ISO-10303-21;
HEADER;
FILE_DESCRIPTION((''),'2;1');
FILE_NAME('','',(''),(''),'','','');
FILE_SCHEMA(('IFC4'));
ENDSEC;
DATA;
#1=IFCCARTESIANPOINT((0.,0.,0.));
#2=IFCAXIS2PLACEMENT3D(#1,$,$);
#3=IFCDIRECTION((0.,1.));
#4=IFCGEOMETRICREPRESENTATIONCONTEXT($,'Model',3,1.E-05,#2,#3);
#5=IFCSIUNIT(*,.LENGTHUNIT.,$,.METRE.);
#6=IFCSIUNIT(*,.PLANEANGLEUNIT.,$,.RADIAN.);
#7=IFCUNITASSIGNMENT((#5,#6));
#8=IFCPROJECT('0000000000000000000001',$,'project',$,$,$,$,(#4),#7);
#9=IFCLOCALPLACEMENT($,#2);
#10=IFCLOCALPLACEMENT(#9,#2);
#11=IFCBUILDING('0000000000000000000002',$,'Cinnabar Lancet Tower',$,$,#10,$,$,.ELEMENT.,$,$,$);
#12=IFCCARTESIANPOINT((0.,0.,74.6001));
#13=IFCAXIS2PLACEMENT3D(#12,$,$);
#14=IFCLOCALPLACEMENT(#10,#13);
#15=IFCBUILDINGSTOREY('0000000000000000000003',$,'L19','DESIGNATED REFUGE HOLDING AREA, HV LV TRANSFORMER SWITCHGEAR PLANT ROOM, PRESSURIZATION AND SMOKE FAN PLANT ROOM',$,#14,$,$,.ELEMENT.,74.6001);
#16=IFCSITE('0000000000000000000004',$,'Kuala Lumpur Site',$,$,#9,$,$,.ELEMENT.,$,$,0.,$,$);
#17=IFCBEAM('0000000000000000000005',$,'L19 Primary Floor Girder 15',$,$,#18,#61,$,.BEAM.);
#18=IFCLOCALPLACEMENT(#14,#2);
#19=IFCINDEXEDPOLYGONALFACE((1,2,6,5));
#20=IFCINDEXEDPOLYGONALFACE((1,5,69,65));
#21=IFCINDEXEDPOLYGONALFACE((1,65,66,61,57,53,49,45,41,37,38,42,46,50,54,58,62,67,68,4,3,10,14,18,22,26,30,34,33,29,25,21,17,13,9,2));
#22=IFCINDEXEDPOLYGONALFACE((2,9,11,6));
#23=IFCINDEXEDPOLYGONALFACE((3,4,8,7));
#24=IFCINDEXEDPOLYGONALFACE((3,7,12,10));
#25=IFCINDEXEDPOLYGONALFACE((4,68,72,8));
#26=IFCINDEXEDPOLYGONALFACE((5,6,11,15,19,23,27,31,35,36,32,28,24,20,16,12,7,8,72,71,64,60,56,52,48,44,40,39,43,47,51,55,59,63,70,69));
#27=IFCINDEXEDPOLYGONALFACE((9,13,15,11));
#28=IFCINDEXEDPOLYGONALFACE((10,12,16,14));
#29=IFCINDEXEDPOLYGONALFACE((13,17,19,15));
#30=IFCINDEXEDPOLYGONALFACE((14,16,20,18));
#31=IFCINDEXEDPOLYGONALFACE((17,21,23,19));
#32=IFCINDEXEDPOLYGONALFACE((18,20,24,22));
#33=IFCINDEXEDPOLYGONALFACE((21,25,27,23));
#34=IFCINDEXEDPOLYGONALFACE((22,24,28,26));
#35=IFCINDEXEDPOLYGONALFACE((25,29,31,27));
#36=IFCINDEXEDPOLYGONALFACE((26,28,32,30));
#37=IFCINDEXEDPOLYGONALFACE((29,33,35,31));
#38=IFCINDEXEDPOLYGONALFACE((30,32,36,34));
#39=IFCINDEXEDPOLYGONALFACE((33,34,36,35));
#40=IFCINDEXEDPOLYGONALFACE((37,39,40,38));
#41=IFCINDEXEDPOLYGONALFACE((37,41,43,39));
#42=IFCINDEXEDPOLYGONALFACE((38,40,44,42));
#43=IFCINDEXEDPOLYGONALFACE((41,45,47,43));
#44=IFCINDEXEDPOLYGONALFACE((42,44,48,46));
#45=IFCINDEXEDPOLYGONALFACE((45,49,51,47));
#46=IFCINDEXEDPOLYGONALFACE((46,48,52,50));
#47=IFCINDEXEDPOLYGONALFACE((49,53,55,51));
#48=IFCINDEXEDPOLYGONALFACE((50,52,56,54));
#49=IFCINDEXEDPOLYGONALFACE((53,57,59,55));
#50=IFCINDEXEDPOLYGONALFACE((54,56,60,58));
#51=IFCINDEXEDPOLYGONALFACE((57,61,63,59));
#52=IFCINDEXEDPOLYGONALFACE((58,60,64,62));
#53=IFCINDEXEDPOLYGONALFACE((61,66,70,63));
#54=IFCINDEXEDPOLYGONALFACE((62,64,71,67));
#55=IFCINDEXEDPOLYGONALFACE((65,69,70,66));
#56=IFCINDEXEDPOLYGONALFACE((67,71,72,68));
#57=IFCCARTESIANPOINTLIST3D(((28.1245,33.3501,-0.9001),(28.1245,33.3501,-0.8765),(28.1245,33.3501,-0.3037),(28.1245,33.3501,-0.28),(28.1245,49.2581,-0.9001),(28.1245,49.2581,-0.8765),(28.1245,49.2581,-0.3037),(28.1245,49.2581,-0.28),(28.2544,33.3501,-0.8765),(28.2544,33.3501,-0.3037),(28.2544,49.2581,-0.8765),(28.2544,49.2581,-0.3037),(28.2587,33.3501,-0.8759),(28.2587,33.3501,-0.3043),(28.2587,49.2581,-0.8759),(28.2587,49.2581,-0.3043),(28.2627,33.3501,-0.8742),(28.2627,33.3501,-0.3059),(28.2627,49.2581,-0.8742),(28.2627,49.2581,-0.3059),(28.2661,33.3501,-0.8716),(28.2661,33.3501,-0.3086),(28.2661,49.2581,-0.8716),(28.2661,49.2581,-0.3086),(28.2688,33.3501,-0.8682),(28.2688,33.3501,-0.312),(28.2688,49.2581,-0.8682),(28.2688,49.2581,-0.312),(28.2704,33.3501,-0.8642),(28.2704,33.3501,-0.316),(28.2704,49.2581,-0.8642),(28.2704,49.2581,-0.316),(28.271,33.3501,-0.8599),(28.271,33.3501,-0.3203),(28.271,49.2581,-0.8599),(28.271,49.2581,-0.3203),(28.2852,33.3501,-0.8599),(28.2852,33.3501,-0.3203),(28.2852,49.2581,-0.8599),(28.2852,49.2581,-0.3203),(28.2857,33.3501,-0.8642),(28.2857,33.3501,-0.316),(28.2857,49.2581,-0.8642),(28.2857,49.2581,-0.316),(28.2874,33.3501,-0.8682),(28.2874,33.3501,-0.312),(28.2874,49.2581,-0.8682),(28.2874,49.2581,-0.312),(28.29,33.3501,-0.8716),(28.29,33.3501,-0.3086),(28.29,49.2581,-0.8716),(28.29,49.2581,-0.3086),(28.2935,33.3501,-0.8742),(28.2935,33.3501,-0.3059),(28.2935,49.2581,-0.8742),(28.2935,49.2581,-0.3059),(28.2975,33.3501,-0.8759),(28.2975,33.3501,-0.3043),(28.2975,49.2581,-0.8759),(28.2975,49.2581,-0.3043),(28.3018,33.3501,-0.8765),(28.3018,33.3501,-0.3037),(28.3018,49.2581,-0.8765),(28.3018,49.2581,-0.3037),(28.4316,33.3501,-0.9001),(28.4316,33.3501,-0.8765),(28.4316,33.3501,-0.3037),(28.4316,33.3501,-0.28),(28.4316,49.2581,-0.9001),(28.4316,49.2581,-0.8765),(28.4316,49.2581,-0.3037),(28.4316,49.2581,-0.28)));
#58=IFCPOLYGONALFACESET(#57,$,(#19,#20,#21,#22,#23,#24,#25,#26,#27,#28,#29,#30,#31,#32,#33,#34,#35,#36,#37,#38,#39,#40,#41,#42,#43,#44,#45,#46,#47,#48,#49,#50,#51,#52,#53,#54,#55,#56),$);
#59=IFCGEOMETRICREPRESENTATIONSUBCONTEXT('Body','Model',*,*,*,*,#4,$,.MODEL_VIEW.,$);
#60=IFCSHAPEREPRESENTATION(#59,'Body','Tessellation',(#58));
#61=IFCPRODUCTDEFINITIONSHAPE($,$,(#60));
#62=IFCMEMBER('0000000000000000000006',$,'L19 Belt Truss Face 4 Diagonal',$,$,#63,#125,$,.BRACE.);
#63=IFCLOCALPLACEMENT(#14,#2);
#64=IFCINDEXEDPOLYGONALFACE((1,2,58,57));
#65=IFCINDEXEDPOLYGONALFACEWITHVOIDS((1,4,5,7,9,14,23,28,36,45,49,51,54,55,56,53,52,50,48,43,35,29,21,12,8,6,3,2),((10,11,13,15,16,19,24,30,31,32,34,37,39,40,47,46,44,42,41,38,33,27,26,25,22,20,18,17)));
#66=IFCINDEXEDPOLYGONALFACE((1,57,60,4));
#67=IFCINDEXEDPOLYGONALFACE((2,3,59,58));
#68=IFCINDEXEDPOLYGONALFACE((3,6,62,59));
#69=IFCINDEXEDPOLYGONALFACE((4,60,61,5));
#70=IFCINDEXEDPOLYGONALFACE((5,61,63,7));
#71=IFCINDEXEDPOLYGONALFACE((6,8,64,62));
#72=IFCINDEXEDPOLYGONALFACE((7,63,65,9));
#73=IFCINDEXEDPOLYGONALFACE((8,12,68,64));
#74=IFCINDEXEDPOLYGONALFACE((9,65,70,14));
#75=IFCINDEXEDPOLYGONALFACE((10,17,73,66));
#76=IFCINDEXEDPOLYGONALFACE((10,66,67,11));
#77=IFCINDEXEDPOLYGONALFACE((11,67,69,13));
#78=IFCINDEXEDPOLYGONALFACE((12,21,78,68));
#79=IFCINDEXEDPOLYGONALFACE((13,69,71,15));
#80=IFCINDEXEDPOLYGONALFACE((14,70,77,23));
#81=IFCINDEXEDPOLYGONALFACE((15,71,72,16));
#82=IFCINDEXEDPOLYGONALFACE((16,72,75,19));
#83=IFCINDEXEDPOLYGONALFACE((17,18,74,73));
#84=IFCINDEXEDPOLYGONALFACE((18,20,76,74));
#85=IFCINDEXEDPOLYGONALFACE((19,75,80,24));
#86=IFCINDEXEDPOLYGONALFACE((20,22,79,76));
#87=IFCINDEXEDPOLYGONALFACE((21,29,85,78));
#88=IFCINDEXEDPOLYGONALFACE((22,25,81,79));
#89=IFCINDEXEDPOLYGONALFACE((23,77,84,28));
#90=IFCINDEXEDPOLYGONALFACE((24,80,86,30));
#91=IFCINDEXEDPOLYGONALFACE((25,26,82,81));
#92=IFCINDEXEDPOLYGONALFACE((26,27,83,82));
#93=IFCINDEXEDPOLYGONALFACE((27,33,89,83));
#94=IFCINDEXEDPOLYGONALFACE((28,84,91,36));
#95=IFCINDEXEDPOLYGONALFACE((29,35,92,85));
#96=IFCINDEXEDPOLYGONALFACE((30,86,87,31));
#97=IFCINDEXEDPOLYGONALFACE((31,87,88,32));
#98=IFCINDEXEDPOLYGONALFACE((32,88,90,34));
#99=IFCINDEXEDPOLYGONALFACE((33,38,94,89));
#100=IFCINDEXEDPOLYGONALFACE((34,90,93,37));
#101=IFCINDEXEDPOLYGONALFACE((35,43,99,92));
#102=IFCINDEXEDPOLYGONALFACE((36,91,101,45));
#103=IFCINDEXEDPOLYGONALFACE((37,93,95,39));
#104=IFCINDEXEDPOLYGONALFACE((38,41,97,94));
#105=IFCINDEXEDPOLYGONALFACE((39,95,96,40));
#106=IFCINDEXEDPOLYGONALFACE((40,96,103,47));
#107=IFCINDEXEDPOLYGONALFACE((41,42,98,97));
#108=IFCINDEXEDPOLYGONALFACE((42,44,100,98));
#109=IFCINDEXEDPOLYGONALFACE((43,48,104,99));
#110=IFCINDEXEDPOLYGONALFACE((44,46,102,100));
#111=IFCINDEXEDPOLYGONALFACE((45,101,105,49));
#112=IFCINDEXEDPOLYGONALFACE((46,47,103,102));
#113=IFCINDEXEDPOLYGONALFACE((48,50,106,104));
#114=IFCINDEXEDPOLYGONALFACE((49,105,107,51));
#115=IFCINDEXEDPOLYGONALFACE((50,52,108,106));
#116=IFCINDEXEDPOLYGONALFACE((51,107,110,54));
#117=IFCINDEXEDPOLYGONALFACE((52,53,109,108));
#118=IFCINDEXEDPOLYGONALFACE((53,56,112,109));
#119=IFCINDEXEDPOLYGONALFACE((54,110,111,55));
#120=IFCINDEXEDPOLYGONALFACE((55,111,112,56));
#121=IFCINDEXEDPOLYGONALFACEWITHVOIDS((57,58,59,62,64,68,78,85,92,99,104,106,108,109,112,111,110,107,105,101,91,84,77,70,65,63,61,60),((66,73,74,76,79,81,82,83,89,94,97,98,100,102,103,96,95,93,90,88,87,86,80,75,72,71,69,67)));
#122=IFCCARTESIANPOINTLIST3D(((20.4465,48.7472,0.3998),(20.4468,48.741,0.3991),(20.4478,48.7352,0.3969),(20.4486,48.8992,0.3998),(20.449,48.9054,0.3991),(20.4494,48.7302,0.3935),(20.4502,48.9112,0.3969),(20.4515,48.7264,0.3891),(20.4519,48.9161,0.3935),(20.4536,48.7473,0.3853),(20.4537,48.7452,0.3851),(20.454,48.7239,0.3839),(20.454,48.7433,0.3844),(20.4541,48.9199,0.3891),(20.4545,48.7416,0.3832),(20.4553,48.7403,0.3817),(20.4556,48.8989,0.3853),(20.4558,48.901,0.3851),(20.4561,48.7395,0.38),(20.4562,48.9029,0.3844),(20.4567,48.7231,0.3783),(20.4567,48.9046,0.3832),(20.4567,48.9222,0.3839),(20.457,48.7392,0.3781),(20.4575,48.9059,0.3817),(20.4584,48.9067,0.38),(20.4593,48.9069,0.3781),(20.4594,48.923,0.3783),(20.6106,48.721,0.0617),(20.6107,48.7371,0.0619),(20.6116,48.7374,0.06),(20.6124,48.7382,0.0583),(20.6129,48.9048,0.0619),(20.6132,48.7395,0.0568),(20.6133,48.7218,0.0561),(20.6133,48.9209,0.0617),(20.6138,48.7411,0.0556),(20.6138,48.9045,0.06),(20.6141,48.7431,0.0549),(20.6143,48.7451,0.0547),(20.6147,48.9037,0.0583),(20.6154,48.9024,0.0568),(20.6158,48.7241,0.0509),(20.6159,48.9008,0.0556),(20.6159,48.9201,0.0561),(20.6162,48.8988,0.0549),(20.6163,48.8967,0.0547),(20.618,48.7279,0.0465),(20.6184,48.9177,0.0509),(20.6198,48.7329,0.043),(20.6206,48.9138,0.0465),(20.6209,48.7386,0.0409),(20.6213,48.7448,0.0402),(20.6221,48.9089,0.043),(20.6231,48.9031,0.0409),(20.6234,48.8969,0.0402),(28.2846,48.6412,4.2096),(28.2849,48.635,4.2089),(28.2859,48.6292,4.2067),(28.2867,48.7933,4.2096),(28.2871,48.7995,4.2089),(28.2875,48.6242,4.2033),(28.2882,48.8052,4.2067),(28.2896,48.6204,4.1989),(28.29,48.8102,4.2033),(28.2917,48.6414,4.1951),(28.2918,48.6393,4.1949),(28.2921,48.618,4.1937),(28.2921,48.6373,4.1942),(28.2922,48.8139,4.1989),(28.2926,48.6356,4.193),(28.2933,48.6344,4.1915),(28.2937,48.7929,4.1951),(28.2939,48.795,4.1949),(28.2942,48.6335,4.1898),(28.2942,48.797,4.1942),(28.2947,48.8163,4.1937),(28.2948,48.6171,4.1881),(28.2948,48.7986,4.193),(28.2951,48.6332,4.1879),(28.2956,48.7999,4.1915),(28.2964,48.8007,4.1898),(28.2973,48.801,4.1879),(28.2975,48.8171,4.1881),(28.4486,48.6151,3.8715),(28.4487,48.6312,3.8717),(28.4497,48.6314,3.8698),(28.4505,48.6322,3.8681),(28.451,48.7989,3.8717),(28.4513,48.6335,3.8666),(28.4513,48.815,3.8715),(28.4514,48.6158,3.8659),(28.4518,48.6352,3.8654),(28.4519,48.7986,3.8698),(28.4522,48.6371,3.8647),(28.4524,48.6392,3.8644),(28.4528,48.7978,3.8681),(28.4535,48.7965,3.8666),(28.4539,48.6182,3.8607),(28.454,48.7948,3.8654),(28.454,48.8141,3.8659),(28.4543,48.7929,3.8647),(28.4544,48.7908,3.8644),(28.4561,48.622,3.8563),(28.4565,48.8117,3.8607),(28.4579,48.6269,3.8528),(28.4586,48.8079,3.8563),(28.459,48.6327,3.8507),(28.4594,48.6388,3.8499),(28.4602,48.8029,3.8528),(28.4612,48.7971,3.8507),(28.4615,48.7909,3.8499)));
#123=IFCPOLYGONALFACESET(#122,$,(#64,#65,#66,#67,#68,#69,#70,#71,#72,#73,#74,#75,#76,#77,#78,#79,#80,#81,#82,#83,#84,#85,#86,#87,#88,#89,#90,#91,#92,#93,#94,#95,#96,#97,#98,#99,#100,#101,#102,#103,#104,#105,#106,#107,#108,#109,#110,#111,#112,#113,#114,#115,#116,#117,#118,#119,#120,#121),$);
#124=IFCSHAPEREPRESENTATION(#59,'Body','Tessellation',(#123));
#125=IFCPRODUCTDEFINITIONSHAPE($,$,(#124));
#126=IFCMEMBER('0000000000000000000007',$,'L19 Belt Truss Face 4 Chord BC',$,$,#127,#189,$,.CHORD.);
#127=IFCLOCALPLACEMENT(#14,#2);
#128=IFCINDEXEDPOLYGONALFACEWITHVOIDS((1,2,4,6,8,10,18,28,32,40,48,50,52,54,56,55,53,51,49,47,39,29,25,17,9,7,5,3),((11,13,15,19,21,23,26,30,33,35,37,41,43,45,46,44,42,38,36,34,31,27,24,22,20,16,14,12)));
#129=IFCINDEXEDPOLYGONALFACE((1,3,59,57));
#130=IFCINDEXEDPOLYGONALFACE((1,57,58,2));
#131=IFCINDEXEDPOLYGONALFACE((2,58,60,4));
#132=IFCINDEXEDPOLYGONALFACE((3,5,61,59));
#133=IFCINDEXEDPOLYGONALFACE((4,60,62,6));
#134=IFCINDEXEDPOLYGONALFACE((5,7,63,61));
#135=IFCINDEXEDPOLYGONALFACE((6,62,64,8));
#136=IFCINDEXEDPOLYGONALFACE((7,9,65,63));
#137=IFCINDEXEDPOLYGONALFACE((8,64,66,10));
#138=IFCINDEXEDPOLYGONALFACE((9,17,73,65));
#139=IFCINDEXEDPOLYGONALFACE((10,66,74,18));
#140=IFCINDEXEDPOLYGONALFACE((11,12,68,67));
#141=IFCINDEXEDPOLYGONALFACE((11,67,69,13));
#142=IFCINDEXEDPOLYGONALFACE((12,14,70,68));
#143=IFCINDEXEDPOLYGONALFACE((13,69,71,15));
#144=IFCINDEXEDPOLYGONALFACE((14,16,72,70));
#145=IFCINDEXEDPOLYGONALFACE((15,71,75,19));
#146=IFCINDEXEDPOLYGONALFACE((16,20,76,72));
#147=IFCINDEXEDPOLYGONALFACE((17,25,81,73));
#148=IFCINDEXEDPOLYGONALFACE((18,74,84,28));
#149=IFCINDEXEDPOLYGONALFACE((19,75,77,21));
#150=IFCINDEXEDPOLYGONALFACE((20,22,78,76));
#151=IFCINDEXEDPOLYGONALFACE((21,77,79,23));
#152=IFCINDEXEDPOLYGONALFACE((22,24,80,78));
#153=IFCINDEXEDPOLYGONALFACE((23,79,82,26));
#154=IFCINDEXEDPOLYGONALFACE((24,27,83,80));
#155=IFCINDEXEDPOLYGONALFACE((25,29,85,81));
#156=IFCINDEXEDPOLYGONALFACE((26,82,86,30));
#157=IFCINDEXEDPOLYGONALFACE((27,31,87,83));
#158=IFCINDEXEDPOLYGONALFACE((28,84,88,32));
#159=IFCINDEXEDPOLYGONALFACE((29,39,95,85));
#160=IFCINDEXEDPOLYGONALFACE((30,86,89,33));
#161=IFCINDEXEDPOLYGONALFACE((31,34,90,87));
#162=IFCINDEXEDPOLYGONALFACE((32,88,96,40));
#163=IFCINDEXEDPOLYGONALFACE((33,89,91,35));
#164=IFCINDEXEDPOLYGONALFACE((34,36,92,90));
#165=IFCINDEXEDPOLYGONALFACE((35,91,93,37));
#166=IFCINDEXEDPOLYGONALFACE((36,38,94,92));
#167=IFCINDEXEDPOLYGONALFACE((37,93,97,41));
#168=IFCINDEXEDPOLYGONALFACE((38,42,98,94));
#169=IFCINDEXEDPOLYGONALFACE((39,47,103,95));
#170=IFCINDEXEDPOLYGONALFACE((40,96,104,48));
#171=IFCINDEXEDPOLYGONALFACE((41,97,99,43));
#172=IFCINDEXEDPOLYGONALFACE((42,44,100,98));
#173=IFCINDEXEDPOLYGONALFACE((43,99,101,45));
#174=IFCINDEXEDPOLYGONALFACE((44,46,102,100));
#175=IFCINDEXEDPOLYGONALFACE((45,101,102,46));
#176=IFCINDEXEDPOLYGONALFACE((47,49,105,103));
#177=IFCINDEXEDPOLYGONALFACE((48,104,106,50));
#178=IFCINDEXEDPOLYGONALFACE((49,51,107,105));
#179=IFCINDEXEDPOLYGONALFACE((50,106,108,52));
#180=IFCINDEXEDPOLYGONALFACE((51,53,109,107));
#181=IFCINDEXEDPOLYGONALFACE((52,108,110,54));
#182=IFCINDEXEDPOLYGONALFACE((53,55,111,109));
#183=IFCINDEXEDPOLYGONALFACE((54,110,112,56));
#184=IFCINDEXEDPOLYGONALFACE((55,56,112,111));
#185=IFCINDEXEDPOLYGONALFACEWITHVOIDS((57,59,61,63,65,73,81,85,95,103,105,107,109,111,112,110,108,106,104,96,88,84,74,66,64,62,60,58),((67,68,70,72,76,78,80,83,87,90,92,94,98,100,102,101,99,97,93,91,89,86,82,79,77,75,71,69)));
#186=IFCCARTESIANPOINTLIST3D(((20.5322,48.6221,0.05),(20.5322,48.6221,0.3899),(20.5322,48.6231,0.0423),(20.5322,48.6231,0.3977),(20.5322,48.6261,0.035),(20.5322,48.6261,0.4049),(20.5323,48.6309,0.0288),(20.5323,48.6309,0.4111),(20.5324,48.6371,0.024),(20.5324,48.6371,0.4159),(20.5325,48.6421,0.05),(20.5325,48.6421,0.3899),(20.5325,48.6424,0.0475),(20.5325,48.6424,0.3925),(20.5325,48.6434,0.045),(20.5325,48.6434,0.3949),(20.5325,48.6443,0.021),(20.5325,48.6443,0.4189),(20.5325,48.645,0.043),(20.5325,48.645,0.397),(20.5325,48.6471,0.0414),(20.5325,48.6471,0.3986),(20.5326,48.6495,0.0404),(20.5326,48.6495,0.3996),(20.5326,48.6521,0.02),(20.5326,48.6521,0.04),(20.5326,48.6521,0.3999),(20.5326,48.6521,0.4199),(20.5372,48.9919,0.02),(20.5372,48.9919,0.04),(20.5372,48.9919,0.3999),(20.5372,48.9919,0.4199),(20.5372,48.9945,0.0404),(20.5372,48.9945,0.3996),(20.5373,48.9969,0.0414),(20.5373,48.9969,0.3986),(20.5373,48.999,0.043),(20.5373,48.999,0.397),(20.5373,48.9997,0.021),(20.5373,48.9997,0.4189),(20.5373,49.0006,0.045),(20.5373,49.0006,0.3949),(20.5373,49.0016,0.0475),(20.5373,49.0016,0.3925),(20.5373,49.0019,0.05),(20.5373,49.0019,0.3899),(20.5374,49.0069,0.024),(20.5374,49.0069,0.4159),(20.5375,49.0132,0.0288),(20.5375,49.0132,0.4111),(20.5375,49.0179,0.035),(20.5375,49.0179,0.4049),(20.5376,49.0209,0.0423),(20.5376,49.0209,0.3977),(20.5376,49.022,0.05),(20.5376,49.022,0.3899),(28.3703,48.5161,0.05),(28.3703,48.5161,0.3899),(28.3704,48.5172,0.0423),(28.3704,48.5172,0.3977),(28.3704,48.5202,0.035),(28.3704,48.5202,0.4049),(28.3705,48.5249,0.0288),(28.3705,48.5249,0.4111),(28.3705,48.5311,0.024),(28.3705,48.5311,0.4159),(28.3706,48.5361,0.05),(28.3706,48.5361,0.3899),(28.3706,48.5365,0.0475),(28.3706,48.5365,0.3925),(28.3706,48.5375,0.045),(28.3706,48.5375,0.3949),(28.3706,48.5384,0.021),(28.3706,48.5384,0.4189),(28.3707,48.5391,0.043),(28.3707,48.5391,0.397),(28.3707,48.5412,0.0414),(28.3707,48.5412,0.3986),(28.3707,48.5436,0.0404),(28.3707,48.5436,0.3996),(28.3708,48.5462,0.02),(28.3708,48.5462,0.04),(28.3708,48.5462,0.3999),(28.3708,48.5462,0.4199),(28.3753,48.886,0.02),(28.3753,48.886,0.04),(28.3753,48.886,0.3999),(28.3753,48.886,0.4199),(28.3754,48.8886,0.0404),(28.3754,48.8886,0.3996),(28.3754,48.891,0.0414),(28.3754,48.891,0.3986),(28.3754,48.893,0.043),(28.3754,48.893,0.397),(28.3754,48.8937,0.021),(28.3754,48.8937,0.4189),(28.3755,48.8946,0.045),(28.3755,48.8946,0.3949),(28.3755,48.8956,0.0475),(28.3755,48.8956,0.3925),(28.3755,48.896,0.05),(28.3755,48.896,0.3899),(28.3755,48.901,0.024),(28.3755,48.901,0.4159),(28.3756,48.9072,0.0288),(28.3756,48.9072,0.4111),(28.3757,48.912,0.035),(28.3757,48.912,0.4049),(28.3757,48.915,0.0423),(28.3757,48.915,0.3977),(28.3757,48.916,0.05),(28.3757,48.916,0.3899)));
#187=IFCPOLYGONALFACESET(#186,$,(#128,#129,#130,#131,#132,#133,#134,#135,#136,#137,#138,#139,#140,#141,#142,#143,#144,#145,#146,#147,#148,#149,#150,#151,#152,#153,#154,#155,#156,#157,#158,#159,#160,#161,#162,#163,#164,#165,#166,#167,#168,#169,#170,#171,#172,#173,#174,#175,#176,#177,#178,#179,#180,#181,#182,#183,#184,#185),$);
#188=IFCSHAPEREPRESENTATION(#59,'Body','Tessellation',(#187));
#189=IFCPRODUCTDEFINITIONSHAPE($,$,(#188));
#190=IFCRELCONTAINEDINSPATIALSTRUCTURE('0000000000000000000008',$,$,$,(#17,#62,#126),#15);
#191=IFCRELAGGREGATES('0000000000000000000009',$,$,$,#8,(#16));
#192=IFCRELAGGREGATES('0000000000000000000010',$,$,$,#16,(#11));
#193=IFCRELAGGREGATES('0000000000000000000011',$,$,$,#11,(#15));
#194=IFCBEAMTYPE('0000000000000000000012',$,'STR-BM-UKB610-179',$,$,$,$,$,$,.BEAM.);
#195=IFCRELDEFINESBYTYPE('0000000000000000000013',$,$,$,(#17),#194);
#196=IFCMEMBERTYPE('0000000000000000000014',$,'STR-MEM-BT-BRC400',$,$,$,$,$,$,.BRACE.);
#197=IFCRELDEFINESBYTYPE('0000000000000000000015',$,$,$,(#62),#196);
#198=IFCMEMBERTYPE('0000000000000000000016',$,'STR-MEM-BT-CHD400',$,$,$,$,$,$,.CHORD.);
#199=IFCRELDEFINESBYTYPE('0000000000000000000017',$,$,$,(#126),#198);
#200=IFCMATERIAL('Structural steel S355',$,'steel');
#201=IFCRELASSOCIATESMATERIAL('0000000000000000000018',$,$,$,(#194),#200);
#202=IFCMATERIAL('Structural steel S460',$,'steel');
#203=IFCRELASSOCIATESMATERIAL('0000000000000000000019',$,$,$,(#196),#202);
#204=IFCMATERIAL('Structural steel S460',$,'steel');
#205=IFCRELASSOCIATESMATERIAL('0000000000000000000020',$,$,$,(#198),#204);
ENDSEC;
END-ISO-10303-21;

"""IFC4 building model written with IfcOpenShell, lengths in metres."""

from ifc_helpers import new_model, si_unit, direction, frame, origin, origin_2d, place, context, subcontext, project, spatial, hollow_rectangle, i_section, extrude, material, material_profile, profile_set, type_object, element, save


model = new_model("IFC4")

# Units and contexts
model_context = context("Model", 3, precision=1e-05, world=origin(), true_north=direction((0.0, 1.0)))
body_context = subcontext(model_context, "Body", "Model", "MODEL_VIEW")
ifc_project = project(units=[si_unit("LENGTHUNIT", "METRE"), si_unit("PLANEANGLEUNIT", "RADIAN")], contexts=[model_context])

# Site, building, storey
site_placement = place(None, origin())
site = spatial("IfcSite", under=ifc_project, at=site_placement, Name="Kuala Lumpur Site", CompositionType="ELEMENT", RefElevation=0.0)
building_placement = place(site_placement, origin())
building = spatial("IfcBuilding", under=site, at=building_placement, Name="Cinnabar Lancet Tower", CompositionType="ELEMENT")
storey_placement = place(building_placement, frame((0.0, 0.0, 74.6001)))
storey = spatial("IfcBuildingStorey", under=building, at=storey_placement, Name="L19", Description="DESIGNATED REFUGE HOLDING AREA, HV LV TRANSFORMER SWITCHGEAR PLANT ROOM, PRESSURIZATION AND SMOKE FAN PLANT ROOM", CompositionType="ELEMENT", Elevation=74.6001)

# Beam
ifc_material_1 = material(Name="Structural steel S355", Category="steel")
ifc_material_profile_1 = material_profile(ifc_material_1, i_section(OverallWidth=0.3071, OverallDepth=0.6201, WebThickness=0.0142, FlangeThickness=0.0237, FilletRadius=0.0166, at=origin_2d()), Name="UKB 610x305x179")
ifc_profile_set_1 = profile_set([ifc_material_profile_1], Name="Structural steel S355")
beam_type_1 = type_object("IfcBeamType", Name="STR-BM-UKB610-179", PredefinedType="BEAM", material=ifc_profile_set_1)
beam_1_placement = place(storey_placement, frame((28.2781, 49.2581, -0.5901), z_axis=(0.0, -1.0, 0.0), x_axis=(1.0, 0.0, 0.0)))
element("IfcBeam", 1, at=beam_1_placement, inside=storey, type_object=beam_type_1, Name="L19 Primary Floor Girder 15", PredefinedType="BEAM", context=body_context, shape_type="SweptSolid", body=[
    extrude(i_section(OverallWidth=0.3071, OverallDepth=0.6201, WebThickness=0.0142, FlangeThickness=0.0237, FilletRadius=0.0166, at=origin_2d()), origin(), (0.0, 0.0, 1.0), 15.908),
])

# Members
ifc_material_2 = material(Name="Structural steel S460", Category="steel")
ifc_material_profile_2 = material_profile(ifc_material_2, hollow_rectangle(XDim=0.2, YDim=0.3999, WallThickness=0.0161, InnerFilletRadius=0.0081, OuterFilletRadius=0.0239, at=origin_2d()), Name="RHS 400x200x16")
ifc_profile_set_2 = profile_set([ifc_material_profile_2], Name="Structural steel S460")
member_type_1 = type_object("IfcMemberType", Name="STR-MEM-BT-BRC400", PredefinedType="BRACE", material=ifc_profile_set_2)
member_1_placement = place(storey_placement, frame((28.373, 48.7161, 4.0298), z_axis=(-0.899319, 0.012157, -0.437124), x_axis=(-0.013517, -0.999909, 0.0)))
element("IfcMember", 2, at=member_1_placement, inside=storey, type_object=member_type_1, Name="L19 Belt Truss Face 4 Diagonal", PredefinedType="BRACE", context=body_context, shape_type="SweptSolid", body=[
    extrude(hollow_rectangle(XDim=0.2, YDim=0.3999, WallThickness=0.0161, InnerFilletRadius=0.0081, OuterFilletRadius=0.0239, at=origin_2d()), origin(), (0.0, 0.0, 1.0), 8.7156),
])
ifc_material_3 = material(Name="Structural steel S460", Category="steel")
ifc_material_profile_3 = material_profile(ifc_material_3, hollow_rectangle(XDim=0.3999, YDim=0.3999, WallThickness=0.02, InnerFilletRadius=0.01, OuterFilletRadius=0.03, at=origin_2d()), Name="SHS 400x400x20")
ifc_profile_set_3 = profile_set([ifc_material_profile_3], Name="Structural steel S460")
member_type_2 = type_object("IfcMemberType", Name="STR-MEM-BT-CHD400", PredefinedType="CHORD", material=ifc_profile_set_3)
for number, where, z_axis, x_axis, name in (
    (3, (28.373, 48.7161, 0.22), (-0.999909, 0.013517, 0.0), (-0.013517, -0.999909, 0.0), "L19 Belt Truss Face 4 Chord BC"),
):
    element("IfcMember", number, at=place(storey_placement, frame(where, z_axis=z_axis, x_axis=x_axis)), inside=storey, type_object=member_type_2, Name=name, PredefinedType="CHORD", context=body_context, shape_type="SweptSolid", body=[
        extrude(hollow_rectangle(XDim=0.3999, YDim=0.3999, WallThickness=0.02, InnerFilletRadius=0.01, OuterFilletRadius=0.03, at=origin_2d()), origin(), (0.0, 0.0, 1.0), 7.8389),
    ])

save(model, "model.ifc")
